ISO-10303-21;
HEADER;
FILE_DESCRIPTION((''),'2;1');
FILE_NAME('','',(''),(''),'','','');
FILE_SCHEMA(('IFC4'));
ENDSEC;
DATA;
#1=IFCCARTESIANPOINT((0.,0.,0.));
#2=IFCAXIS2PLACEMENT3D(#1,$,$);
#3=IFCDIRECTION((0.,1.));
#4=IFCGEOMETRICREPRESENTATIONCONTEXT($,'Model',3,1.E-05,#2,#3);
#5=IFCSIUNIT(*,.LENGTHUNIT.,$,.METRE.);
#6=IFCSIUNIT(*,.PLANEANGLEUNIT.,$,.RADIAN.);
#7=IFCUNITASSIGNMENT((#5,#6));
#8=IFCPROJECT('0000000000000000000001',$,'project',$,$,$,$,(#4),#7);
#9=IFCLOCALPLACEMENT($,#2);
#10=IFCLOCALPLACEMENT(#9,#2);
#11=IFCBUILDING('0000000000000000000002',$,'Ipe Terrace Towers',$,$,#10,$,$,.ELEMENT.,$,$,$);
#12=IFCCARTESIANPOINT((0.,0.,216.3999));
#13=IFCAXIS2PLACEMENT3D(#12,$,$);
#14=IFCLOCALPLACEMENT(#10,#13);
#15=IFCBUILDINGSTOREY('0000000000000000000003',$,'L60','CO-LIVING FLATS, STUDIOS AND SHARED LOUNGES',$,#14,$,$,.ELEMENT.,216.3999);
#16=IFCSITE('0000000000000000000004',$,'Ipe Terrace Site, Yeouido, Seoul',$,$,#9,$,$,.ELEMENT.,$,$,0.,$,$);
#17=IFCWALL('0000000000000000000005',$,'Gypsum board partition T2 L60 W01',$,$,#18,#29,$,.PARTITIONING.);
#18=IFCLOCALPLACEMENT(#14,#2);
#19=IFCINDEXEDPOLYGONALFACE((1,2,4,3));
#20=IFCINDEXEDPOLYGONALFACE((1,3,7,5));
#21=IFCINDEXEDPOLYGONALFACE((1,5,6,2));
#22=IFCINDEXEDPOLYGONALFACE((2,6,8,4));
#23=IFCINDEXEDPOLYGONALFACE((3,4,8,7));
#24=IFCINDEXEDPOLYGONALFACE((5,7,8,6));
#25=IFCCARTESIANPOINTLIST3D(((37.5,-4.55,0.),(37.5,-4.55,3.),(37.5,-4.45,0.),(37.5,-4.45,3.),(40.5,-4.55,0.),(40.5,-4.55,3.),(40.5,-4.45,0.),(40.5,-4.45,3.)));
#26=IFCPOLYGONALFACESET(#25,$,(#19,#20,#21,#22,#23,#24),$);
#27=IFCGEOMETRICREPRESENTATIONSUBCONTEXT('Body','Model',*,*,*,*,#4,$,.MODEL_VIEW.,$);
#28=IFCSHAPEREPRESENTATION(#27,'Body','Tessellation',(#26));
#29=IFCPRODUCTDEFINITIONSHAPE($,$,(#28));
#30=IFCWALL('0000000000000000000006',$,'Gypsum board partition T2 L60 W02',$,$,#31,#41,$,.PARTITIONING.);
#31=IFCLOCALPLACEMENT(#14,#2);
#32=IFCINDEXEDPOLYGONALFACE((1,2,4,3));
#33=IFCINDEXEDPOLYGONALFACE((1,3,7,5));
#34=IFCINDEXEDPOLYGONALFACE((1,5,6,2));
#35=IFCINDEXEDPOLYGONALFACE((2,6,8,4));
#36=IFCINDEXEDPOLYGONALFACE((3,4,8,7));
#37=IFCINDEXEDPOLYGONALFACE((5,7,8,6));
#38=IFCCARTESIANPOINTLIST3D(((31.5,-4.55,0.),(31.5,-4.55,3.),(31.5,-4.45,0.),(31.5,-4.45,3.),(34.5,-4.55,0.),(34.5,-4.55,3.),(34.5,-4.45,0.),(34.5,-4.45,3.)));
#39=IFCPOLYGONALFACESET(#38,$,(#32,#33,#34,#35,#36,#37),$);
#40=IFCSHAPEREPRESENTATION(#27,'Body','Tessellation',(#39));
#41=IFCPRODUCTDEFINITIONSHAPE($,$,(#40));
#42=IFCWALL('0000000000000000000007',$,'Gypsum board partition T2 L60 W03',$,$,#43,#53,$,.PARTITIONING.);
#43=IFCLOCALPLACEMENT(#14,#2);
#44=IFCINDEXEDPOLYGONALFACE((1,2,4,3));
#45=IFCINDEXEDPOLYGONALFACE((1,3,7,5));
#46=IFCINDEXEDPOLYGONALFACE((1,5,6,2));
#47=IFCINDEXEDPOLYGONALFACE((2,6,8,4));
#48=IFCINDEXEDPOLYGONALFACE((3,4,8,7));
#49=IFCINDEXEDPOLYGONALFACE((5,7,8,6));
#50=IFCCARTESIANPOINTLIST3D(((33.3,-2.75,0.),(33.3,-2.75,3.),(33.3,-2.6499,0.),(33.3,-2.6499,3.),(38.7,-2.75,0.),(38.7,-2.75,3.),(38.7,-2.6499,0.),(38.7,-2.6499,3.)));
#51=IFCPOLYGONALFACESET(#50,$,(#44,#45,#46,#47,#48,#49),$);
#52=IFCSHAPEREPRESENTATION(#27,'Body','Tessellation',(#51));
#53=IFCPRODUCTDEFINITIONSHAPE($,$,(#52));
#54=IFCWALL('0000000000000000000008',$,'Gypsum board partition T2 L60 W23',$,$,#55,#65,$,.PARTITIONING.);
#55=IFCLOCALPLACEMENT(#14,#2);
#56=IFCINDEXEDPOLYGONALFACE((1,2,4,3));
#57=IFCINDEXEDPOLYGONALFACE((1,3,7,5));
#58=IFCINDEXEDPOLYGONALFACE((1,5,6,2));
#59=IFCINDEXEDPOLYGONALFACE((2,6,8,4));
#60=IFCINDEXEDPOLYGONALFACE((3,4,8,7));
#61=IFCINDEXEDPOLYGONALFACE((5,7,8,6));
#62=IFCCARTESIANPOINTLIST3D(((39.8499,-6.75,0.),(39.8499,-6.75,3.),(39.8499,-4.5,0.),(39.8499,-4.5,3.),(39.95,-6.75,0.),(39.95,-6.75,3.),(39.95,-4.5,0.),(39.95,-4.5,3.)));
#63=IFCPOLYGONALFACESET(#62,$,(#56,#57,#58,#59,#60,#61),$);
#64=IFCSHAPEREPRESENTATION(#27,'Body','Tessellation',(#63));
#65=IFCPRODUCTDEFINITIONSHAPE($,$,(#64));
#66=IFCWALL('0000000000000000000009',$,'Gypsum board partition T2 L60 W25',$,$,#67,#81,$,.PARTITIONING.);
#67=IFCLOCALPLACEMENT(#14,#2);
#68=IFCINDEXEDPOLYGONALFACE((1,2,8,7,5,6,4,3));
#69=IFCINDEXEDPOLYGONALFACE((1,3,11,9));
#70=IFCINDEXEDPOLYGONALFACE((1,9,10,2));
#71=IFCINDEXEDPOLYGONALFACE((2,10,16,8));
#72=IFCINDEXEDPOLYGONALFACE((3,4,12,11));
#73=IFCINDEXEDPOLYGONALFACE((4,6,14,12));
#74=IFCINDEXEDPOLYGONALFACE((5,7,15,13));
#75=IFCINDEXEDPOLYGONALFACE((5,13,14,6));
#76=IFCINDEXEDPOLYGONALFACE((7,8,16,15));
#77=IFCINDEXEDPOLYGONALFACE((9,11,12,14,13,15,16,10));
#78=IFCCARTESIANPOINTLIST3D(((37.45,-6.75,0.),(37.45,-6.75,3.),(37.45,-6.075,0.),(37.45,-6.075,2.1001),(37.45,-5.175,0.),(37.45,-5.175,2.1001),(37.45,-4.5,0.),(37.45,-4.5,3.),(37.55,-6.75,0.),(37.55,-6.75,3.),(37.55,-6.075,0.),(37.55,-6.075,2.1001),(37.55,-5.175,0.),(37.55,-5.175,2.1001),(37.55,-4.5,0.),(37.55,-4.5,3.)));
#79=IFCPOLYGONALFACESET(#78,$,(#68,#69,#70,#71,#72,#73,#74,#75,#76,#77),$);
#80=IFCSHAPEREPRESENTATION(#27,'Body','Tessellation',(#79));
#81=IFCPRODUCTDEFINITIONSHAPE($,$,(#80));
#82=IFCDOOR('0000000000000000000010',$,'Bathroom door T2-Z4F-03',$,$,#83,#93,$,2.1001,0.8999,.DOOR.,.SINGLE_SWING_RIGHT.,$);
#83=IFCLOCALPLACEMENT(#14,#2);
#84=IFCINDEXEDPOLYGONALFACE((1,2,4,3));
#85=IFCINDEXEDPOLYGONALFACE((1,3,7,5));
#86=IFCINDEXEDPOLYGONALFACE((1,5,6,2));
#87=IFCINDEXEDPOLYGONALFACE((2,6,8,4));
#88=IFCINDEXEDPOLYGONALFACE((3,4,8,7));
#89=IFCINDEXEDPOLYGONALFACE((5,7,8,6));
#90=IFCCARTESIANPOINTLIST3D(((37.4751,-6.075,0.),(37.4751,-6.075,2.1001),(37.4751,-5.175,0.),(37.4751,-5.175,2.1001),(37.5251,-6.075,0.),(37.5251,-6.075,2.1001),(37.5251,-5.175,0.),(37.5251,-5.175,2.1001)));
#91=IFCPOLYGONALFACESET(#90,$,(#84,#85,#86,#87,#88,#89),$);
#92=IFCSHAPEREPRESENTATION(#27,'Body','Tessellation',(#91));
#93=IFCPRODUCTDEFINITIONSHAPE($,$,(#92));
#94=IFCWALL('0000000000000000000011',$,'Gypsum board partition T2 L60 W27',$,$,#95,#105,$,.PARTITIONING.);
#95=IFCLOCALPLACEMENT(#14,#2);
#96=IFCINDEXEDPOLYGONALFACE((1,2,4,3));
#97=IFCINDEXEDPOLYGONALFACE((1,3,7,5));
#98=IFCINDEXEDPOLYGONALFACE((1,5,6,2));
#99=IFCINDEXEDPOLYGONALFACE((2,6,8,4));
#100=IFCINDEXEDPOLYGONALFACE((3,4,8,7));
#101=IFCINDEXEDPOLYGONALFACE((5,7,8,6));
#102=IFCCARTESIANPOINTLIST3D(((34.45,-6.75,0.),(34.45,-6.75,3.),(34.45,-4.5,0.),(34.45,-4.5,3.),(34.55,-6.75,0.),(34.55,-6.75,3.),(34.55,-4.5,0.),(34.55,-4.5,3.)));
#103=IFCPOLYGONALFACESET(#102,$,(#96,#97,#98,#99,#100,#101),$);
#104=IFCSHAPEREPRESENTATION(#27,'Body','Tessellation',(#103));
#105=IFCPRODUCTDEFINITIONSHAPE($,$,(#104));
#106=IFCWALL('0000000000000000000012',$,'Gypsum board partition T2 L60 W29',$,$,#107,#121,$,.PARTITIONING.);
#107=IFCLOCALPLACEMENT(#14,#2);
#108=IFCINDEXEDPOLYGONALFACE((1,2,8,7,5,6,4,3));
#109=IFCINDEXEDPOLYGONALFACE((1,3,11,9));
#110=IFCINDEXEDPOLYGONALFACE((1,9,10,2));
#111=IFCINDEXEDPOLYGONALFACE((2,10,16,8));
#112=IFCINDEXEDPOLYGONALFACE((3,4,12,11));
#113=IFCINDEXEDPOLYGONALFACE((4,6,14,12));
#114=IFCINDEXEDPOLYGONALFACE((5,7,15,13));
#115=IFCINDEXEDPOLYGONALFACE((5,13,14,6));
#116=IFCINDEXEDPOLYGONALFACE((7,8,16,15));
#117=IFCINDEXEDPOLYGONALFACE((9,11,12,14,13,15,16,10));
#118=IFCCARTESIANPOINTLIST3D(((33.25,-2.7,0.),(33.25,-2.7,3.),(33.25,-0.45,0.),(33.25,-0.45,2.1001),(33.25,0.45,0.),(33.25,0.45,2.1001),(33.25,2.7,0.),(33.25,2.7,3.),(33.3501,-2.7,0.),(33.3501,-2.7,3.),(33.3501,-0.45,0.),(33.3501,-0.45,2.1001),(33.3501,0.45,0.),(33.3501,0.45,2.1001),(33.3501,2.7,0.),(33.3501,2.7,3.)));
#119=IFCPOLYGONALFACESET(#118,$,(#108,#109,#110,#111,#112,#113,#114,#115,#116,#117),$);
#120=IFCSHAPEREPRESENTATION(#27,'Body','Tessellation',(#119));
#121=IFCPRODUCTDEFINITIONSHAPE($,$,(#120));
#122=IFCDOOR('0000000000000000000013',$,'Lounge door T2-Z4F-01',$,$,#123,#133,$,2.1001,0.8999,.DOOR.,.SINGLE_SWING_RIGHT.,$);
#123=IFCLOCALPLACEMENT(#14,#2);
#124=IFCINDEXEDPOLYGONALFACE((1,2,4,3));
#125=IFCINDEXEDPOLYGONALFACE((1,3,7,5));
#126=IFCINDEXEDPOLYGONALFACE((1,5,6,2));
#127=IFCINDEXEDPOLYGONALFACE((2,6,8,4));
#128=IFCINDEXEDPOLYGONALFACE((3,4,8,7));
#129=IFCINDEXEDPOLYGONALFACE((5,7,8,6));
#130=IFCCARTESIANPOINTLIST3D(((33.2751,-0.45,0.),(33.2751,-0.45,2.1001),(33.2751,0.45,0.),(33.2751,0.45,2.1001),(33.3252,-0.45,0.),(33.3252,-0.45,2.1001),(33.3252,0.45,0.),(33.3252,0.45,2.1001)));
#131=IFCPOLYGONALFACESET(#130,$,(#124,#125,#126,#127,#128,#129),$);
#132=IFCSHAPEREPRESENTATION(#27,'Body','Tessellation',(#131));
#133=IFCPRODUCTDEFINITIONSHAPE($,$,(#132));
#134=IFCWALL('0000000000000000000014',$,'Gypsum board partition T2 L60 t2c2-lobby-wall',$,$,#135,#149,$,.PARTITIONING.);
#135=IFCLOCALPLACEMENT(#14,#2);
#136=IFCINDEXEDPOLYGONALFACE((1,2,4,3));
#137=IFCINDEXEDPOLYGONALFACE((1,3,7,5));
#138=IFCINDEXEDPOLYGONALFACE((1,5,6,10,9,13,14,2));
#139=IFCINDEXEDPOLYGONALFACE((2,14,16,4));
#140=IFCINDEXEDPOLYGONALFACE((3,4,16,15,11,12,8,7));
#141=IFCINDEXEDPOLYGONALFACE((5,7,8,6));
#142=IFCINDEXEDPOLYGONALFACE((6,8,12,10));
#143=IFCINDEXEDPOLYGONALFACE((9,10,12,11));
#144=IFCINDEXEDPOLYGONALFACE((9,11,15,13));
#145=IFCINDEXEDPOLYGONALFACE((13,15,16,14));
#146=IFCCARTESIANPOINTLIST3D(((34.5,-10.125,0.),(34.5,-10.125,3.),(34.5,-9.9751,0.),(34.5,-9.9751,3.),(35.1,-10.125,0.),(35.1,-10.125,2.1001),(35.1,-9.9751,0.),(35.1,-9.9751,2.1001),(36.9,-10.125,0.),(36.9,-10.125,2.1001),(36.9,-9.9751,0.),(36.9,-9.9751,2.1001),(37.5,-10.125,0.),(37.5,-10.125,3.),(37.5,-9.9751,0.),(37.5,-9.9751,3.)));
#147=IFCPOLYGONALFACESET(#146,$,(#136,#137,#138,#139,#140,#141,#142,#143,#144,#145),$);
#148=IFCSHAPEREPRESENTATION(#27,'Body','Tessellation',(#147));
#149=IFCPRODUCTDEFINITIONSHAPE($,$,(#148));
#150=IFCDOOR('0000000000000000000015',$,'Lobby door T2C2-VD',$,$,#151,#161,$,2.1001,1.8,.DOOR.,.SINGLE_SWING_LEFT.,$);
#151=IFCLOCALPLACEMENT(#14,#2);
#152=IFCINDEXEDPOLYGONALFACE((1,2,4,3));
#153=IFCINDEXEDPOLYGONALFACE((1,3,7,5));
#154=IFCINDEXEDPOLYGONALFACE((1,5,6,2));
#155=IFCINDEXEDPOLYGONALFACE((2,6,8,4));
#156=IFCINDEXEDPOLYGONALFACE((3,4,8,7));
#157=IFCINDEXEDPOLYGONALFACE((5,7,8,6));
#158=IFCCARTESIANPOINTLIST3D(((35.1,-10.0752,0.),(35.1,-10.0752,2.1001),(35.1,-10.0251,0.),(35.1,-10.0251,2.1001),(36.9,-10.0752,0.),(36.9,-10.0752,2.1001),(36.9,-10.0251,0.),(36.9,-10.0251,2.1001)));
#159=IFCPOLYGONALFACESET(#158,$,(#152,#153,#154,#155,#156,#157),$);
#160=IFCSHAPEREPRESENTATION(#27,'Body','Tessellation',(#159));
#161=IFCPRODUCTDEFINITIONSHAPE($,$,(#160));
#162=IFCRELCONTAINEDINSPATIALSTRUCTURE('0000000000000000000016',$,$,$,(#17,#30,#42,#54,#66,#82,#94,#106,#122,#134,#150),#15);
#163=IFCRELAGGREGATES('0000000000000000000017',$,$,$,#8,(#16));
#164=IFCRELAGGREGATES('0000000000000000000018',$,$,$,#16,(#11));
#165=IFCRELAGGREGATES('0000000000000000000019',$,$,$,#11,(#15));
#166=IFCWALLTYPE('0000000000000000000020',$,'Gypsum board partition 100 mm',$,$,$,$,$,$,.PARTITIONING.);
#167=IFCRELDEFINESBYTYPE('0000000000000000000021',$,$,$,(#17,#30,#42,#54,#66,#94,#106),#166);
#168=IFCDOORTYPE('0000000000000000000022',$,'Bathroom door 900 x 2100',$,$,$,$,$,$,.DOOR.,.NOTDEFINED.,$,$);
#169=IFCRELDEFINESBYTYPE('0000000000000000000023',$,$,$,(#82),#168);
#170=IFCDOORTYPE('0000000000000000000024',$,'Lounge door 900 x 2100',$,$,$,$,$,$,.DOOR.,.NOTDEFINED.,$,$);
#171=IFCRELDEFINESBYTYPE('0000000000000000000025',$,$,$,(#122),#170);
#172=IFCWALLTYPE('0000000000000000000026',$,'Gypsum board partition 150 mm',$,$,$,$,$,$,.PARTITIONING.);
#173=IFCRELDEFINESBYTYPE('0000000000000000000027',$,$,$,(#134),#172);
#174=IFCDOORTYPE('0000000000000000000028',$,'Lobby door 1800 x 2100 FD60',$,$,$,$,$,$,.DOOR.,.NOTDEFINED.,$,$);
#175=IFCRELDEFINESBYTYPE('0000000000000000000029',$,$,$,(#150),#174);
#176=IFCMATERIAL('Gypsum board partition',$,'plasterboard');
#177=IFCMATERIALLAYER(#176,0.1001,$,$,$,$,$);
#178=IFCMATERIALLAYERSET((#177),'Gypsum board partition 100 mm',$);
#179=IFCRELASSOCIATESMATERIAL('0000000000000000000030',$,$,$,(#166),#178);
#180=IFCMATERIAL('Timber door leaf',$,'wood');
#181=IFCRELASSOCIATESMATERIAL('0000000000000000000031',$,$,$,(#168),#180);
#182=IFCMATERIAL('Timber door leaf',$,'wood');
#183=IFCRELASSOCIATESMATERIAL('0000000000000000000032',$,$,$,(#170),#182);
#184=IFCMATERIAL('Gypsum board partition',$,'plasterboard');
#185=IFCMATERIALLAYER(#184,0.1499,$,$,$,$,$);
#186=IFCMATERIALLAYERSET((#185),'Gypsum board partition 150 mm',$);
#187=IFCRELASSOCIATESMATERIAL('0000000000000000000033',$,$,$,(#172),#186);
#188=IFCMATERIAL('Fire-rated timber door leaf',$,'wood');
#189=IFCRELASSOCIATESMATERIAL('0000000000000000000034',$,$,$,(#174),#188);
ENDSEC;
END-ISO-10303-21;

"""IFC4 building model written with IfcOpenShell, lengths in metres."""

from ifc_helpers import new_model, si_unit, direction, frame, frame_2d, origin, place, context, subcontext, project, spatial, rectangle, extrude, material, layer, layer_set, type_object, element, fill, save


model = new_model("IFC4")

# Units and contexts
model_context = context("Model", 3, precision=1e-05, world=origin(), true_north=direction((0.0, 1.0)))
body_context = subcontext(model_context, "Body", "Model", "MODEL_VIEW")
ifc_project = project(units=[si_unit("LENGTHUNIT", "METRE"), si_unit("PLANEANGLEUNIT", "RADIAN")], contexts=[model_context])

# Site, building, storey
site_placement = place(None, origin())
site = spatial("IfcSite", under=ifc_project, at=site_placement, Name="Ipe Terrace Site, Yeouido, Seoul", CompositionType="ELEMENT", RefElevation=0.0)
building_placement = place(site_placement, origin())
building = spatial("IfcBuilding", under=site, at=building_placement, Name="Ipe Terrace Towers", CompositionType="ELEMENT")
storey_placement = place(building_placement, frame((0.0, 0.0, 216.3999)))
storey = spatial("IfcBuildingStorey", under=building, at=storey_placement, Name="L60", Description="CO-LIVING FLATS, STUDIOS AND SHARED LOUNGES", CompositionType="ELEMENT", Elevation=216.3999)

# Walls
ifc_material_1 = material(Name="Gypsum board partition", Category="plasterboard")
ifc_layer_1 = layer(ifc_material_1, 0.1001)
ifc_layer_set_1 = layer_set([ifc_layer_1], Name="Gypsum board partition 100 mm")
wall_type_1 = type_object("IfcWallType", Name="Gypsum board partition 100 mm", PredefinedType="PARTITIONING", material=ifc_layer_set_1)
for number, where, z_axis, x_axis, name in (
    (1, (40.5, -4.5, 0.0), (0.0, 0.0, 1.0), (-1.0, 0.0, 0.0), "Gypsum board partition T2 L60 W01"),
    (2, (34.5, -4.5, 0.0), (0.0, 0.0, 1.0), (-1.0, 0.0, 0.0), "Gypsum board partition T2 L60 W02"),
):
    element("IfcWall", number, at=place(storey_placement, frame(where, z_axis=z_axis, x_axis=x_axis)), inside=storey, type_object=wall_type_1, Name=name, PredefinedType="PARTITIONING", context=body_context, shape_type="SweptSolid", body=[
        extrude(rectangle(XDim=3.0, YDim=0.1001, at=frame_2d((1.5, 0.0))), origin(), (0.0, 0.0, 1.0), 3.0),
    ])
wall_1_placement = place(storey_placement, frame((38.7, -2.7, 0.0), z_axis=(0.0, 0.0, 1.0), x_axis=(-1.0, 0.0, 0.0)))
element("IfcWall", 3, at=wall_1_placement, inside=storey, type_object=wall_type_1, Name="Gypsum board partition T2 L60 W03", PredefinedType="PARTITIONING", context=body_context, shape_type="SweptSolid", body=[
    extrude(rectangle(XDim=5.3999, YDim=0.1001, at=frame_2d((2.7, 0.0))), origin(), (0.0, 0.0, 1.0), 3.0),
])
wall_2_placement = place(storey_placement, frame((39.8999, -6.75, 0.0), z_axis=(0.0, 0.0, 1.0), x_axis=(0.0, 1.0, 0.0)))
element("IfcWall", 4, at=wall_2_placement, inside=storey, type_object=wall_type_1, Name="Gypsum board partition T2 L60 W23", PredefinedType="PARTITIONING", context=body_context, shape_type="SweptSolid", body=[
    extrude(rectangle(XDim=2.25, YDim=0.1001, at=frame_2d((1.125, 0.0))), origin(), (0.0, 0.0, 1.0), 3.0),
])

# Wall, opening, door
wall_3_placement = place(storey_placement, frame((37.5, -6.75, 0.0), z_axis=(0.0, 0.0, 1.0), x_axis=(0.0, 1.0, 0.0)))
wall_3 = element("IfcWall", 5, at=wall_3_placement, inside=storey, type_object=wall_type_1, Name="Gypsum board partition T2 L60 W25", PredefinedType="PARTITIONING", context=body_context, shape_type="SweptSolid", body=[
    extrude(rectangle(XDim=2.25, YDim=0.1001, at=frame_2d((1.125, 0.0))), origin(), (0.0, 0.0, 1.0), 3.0),
])
opening_1_placement = place(wall_3_placement, frame((0.675, 0.0, 0.0)))
opening_1 = element("IfcOpeningElement", 6, at=opening_1_placement, cuts=wall_3, PredefinedType="OPENING", context=body_context, shape_type="SweptSolid", body=[
    extrude(rectangle(XDim=0.8999, YDim=2.1001, at=frame_2d((0.45, 1.05))), frame((0.0, 0.0601, 0.0), z_axis=(0.0, -1.0, 0.0), x_axis=(1.0, 0.0, 0.0)), (0.0, 0.0, 1.0), 0.1201),
])
ifc_material_2 = material(Name="Timber door leaf", Category="wood")
door_type_1 = type_object("IfcDoorType", Name="Bathroom door 900 x 2100", OperationType="NOTDEFINED", PredefinedType="DOOR", material=ifc_material_2)
door_1_placement = place(opening_1_placement, origin())
door_1 = element("IfcDoor", 7, at=door_1_placement, inside=storey, type_object=door_type_1, Name="Bathroom door T2-Z4F-03", OperationType="SINGLE_SWING_RIGHT", OverallHeight=2.1001, OverallWidth=0.8999, PredefinedType="DOOR", context=body_context, shape_type="SweptSolid", body=[
    extrude(rectangle(XDim=0.8999, YDim=2.1001, at=frame_2d((0.45, 1.05))), frame((0.0, 0.0249, 0.0), z_axis=(0.0, -1.0, 0.0), x_axis=(1.0, 0.0, 0.0)), (0.0, 0.0, 1.0), 0.05),
])
fill(opening_1, door_1)

# Wall
wall_4_placement = place(storey_placement, frame((34.5, -6.75, 0.0), z_axis=(0.0, 0.0, 1.0), x_axis=(0.0, 1.0, 0.0)))
element("IfcWall", 8, at=wall_4_placement, inside=storey, type_object=wall_type_1, Name="Gypsum board partition T2 L60 W27", PredefinedType="PARTITIONING", context=body_context, shape_type="SweptSolid", body=[
    extrude(rectangle(XDim=2.25, YDim=0.1001, at=frame_2d((1.125, 0.0))), origin(), (0.0, 0.0, 1.0), 3.0),
])

# Walls, openings, doors
wall_5_placement = place(storey_placement, frame((33.3, -2.7, 0.0), z_axis=(0.0, 0.0, 1.0), x_axis=(0.0, 1.0, 0.0)))
wall_5 = element("IfcWall", 9, at=wall_5_placement, inside=storey, type_object=wall_type_1, Name="Gypsum board partition T2 L60 W29", PredefinedType="PARTITIONING", context=body_context, shape_type="SweptSolid", body=[
    extrude(rectangle(XDim=5.3999, YDim=0.1001, at=frame_2d((2.7, 0.0))), origin(), (0.0, 0.0, 1.0), 3.0),
])
opening_2_placement = place(wall_5_placement, frame((2.25, 0.0, 0.0)))
opening_2 = element("IfcOpeningElement", 10, at=opening_2_placement, cuts=wall_5, PredefinedType="OPENING", context=body_context, shape_type="SweptSolid", body=[
    extrude(rectangle(XDim=0.8999, YDim=2.1001, at=frame_2d((0.45, 1.05))), frame((0.0, 0.0601, 0.0), z_axis=(0.0, -1.0, 0.0), x_axis=(1.0, 0.0, 0.0)), (0.0, 0.0, 1.0), 0.1201),
])
ifc_material_3 = material(Name="Timber door leaf", Category="wood")
door_type_2 = type_object("IfcDoorType", Name="Lounge door 900 x 2100", OperationType="NOTDEFINED", PredefinedType="DOOR", material=ifc_material_3)
door_2_placement = place(opening_2_placement, origin())
door_2 = element("IfcDoor", 11, at=door_2_placement, inside=storey, type_object=door_type_2, Name="Lounge door T2-Z4F-01", OperationType="SINGLE_SWING_RIGHT", OverallHeight=2.1001, OverallWidth=0.8999, PredefinedType="DOOR", context=body_context, shape_type="SweptSolid", body=[
    extrude(rectangle(XDim=0.8999, YDim=2.1001, at=frame_2d((0.45, 1.05))), frame((0.0, 0.0249, 0.0), z_axis=(0.0, -1.0, 0.0), x_axis=(1.0, 0.0, 0.0)), (0.0, 0.0, 1.0), 0.05),
])
fill(opening_2, door_2)
ifc_material_4 = material(Name="Gypsum board partition", Category="plasterboard")
ifc_layer_2 = layer(ifc_material_4, 0.1499)
ifc_layer_set_2 = layer_set([ifc_layer_2], Name="Gypsum board partition 150 mm")
wall_type_2 = type_object("IfcWallType", Name="Gypsum board partition 150 mm", PredefinedType="PARTITIONING", material=ifc_layer_set_2)
wall_6_placement = place(storey_placement, frame((34.5, -10.05, 0.0), z_axis=(0.0, 0.0, 1.0), x_axis=(1.0, 0.0, 0.0)))
wall_6 = element("IfcWall", 12, at=wall_6_placement, inside=storey, type_object=wall_type_2, Name="Gypsum board partition T2 L60 t2c2-lobby-wall", PredefinedType="PARTITIONING", context=body_context, shape_type="SweptSolid", body=[
    extrude(rectangle(XDim=3.0, YDim=0.1499, at=frame_2d((1.5, 0.0))), origin(), (0.0, 0.0, 1.0), 3.0),
])
opening_3_placement = place(wall_6_placement, frame((0.6001, 0.0, 0.0)))
opening_3 = element("IfcOpeningElement", 13, at=opening_3_placement, cuts=wall_6, PredefinedType="OPENING", context=body_context, shape_type="SweptSolid", body=[
    extrude(rectangle(XDim=1.8, YDim=2.1001, at=frame_2d((0.8999, 1.05))), frame((0.0, 0.085, 0.0), z_axis=(0.0, -1.0, 0.0), x_axis=(1.0, 0.0, 0.0)), (0.0, 0.0, 1.0), 0.1699),
])
ifc_material_5 = material(Name="Fire-rated timber door leaf", Category="wood")
door_type_3 = type_object("IfcDoorType", Name="Lobby door 1800 x 2100 FD60", OperationType="NOTDEFINED", PredefinedType="DOOR", material=ifc_material_5)
door_3_placement = place(opening_3_placement, origin())
door_3 = element("IfcDoor", 14, at=door_3_placement, inside=storey, type_object=door_type_3, Name="Lobby door T2C2-VD", OperationType="SINGLE_SWING_LEFT", OverallHeight=2.1001, OverallWidth=1.8, PredefinedType="DOOR", context=body_context, shape_type="SweptSolid", body=[
    extrude(rectangle(XDim=1.8, YDim=2.1001, at=frame_2d((0.8999, 1.05))), frame((0.0, 0.0249, 0.0), z_axis=(0.0, -1.0, 0.0), x_axis=(1.0, 0.0, 0.0)), (0.0, 0.0, 1.0), 0.05),
])
fill(opening_3, door_3)

save(model, "model.ifc")
